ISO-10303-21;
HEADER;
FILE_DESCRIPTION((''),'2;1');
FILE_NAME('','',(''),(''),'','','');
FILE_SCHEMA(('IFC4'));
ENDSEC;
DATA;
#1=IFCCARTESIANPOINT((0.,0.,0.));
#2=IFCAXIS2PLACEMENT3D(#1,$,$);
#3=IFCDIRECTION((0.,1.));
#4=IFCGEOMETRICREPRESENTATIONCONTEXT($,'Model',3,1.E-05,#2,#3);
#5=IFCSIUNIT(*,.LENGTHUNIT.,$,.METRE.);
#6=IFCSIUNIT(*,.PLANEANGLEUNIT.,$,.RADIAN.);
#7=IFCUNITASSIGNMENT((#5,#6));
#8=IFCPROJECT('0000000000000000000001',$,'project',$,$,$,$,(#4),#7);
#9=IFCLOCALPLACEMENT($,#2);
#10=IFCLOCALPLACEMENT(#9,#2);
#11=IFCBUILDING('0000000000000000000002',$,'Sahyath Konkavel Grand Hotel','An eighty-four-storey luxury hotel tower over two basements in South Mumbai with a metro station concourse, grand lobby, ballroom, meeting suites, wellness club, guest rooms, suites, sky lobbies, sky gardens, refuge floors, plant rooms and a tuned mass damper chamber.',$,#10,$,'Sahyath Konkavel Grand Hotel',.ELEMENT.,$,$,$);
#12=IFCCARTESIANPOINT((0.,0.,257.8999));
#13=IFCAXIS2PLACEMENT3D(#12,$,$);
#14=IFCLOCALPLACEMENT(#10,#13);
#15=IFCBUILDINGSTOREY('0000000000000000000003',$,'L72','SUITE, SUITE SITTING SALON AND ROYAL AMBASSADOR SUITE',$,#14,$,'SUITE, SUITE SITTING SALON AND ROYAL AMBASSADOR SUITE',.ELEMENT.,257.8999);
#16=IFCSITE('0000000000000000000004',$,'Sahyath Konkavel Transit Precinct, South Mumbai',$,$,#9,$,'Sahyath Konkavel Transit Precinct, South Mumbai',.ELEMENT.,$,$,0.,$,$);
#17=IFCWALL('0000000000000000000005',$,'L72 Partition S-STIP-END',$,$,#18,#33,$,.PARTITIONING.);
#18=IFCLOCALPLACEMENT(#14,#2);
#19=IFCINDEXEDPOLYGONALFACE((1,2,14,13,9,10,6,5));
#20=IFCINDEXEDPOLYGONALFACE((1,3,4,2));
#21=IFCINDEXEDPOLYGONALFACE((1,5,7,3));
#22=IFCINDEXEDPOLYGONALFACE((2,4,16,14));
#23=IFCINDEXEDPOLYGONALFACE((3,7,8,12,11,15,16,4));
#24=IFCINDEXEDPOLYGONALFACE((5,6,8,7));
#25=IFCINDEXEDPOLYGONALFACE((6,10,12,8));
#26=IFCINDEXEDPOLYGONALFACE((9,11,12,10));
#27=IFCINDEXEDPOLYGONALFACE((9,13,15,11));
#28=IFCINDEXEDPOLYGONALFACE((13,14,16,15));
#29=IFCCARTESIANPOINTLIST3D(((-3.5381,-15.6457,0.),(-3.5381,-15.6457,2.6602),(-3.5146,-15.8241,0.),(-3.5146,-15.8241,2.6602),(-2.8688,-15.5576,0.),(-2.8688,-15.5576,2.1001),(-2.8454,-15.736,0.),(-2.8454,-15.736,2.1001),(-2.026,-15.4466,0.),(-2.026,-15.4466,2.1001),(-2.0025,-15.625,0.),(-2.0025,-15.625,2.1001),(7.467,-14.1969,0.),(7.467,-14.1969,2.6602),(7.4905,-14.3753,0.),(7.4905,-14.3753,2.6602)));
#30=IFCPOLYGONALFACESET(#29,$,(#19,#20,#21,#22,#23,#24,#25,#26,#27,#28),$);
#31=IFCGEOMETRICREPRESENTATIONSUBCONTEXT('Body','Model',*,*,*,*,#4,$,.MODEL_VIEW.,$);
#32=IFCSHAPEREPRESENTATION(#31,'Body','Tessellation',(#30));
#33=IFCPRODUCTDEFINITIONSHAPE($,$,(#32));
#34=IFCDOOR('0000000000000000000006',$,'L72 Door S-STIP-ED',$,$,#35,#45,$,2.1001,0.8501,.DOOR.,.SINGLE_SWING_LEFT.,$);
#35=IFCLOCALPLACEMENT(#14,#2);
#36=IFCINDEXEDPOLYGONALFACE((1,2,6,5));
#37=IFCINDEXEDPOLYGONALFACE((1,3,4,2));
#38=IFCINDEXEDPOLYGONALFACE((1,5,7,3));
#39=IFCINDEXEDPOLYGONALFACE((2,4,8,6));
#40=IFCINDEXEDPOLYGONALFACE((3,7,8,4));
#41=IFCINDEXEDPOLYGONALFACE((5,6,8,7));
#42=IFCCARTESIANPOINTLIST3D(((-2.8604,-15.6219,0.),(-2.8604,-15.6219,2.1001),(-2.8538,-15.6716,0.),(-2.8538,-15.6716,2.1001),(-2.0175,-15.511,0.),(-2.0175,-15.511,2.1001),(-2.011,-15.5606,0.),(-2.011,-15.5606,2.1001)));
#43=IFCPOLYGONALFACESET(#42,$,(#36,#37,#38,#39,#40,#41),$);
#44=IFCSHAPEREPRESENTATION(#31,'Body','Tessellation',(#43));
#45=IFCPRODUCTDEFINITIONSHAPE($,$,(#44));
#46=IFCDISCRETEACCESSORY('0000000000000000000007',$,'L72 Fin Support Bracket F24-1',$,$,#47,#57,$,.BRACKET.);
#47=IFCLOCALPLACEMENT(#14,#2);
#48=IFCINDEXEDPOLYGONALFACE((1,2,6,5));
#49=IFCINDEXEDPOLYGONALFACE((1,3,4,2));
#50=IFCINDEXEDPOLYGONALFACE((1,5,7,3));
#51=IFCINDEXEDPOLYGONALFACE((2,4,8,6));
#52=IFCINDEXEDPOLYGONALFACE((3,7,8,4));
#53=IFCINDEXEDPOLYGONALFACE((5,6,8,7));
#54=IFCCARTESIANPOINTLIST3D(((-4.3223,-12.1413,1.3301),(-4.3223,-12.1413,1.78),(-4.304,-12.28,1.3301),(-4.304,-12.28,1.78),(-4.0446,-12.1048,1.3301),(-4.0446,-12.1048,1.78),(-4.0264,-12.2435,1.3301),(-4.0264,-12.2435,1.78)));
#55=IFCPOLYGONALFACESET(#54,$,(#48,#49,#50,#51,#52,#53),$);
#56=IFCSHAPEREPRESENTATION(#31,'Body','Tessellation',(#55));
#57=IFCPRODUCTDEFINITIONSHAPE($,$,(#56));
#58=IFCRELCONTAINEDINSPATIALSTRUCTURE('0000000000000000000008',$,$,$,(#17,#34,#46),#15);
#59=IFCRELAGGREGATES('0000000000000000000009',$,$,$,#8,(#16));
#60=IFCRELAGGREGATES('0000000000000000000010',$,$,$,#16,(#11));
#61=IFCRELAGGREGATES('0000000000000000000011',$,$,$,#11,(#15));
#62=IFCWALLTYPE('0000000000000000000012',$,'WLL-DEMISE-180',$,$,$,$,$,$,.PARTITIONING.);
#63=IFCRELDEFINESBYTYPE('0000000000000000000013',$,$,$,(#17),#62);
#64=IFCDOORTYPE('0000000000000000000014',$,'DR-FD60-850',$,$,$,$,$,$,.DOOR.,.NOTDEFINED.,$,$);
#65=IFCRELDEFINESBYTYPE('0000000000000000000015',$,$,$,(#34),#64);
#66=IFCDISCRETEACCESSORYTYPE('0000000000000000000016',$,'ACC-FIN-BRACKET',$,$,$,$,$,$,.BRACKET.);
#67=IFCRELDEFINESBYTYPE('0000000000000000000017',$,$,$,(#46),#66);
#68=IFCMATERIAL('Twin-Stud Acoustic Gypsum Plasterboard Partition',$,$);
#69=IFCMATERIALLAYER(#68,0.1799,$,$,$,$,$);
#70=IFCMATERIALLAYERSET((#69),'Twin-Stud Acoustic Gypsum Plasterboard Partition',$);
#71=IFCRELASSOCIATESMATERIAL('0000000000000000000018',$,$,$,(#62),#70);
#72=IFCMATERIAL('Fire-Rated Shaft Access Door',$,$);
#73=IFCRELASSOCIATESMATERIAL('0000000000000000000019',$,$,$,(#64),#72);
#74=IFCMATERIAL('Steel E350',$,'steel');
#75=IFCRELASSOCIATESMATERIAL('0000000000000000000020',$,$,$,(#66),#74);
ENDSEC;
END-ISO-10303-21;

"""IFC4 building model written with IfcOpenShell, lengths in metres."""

from ifc_helpers import new_model, si_unit, direction, frame, frame_2d, origin, origin_2d, place, context, subcontext, project, spatial, rectangle, extrude, source, transform, mapped, material, layer, layer_set, type_object, element, fill, save


model = new_model("IFC4")

# Units and contexts
model_context = context("Model", 3, precision=1e-05, world=origin(), true_north=direction((0.0, 1.0)))
body_context = subcontext(model_context, "Body", "Model", "MODEL_VIEW")
ifc_project = project(units=[si_unit("LENGTHUNIT", "METRE"), si_unit("PLANEANGLEUNIT", "RADIAN")], contexts=[model_context])

# Site, building, storey
site_placement = place(None, origin())
site = spatial("IfcSite", under=ifc_project, at=site_placement, Name="Sahyath Konkavel Transit Precinct, South Mumbai", LongName="Sahyath Konkavel Transit Precinct, South Mumbai", CompositionType="ELEMENT", RefElevation=0.0)
building_placement = place(site_placement, origin())
building = spatial("IfcBuilding", under=site, at=building_placement, Name="Sahyath Konkavel Grand Hotel", Description="An eighty-four-storey luxury hotel tower over two basements in South Mumbai with a metro station concourse, grand lobby, ballroom, meeting suites, wellness club, guest rooms, suites, sky lobbies, sky gardens, refuge floors, plant rooms and a tuned mass damper chamber.", LongName="Sahyath Konkavel Grand Hotel", CompositionType="ELEMENT")
storey_placement = place(building_placement, frame((0.0, 0.0, 257.8999)))
storey = spatial("IfcBuildingStorey", under=building, at=storey_placement, Name="L72", Description="SUITE, SUITE SITTING SALON AND ROYAL AMBASSADOR SUITE", LongName="SUITE, SUITE SITTING SALON AND ROYAL AMBASSADOR SUITE", CompositionType="ELEMENT", Elevation=257.8999)

# Shared definitions
ifc_material_1 = material(Name="Steel E350", Category="steel")

# Shared definitions
ifc_material_2 = material(Name="Twin-Stud Acoustic Gypsum Plasterboard Partition")
ifc_layer_1 = layer(ifc_material_2, 0.1799)
ifc_layer_set_1 = layer_set([ifc_layer_1], Name="Twin-Stud Acoustic Gypsum Plasterboard Partition")
wall_type_1 = type_object("IfcWallType", Name="WLL-DEMISE-180", PredefinedType="PARTITIONING", material=ifc_layer_set_1)

# Wall, opening, door
wall_1_placement = place(storey_placement, frame((-3.5264, -15.7349, 0.0), z_axis=(0.0, 0.0, 1.0), x_axis=(0.991446, 0.130515, 0.0)))
wall_1 = element("IfcWall", 1, at=wall_1_placement, inside=storey, type_object=wall_type_1, Name="L72 Partition S-STIP-END", PredefinedType="PARTITIONING", context=body_context, shape_type="SweptSolid", body=[
    extrude(rectangle(XDim=11.1001, YDim=0.1799, at=frame_2d((5.55, 0.0))), origin(), (0.0, 0.0, 1.0), 2.6602),
])
opening_placement = place(wall_1_placement, frame((0.675, 0.0, 0.0)))
opening = element("IfcOpeningElement", 2, at=opening_placement, cuts=wall_1, PredefinedType="OPENING", context=body_context, shape_type="SweptSolid", body=[
    extrude(rectangle(XDim=0.8501, YDim=2.1001, at=frame_2d((0.425, 1.05))), frame((0.0, 0.1001, 0.0), z_axis=(0.0, -1.0, 0.0), x_axis=(1.0, 0.0, 0.0)), (0.0, 0.0, 1.0), 0.2),
])
ifc_material_3 = material(Name="Fire-Rated Shaft Access Door")
door_type = type_object("IfcDoorType", Name="DR-FD60-850", OperationType="NOTDEFINED", PredefinedType="DOOR", material=ifc_material_3)
shared_shape_1 = source(origin(), body_context, "Body", "SweptSolid", [
    extrude(rectangle(XDim=0.8501, YDim=0.05, at=origin_2d()), origin(), (0.0, 0.0, 1.0), 2.1001),
])
door_placement = place(opening_placement, frame((0.425, 0.0, 0.0)))
door = element("IfcDoor", 3, at=door_placement, inside=storey, type_object=door_type, Name="L72 Door S-STIP-ED", OperationType="SINGLE_SWING_LEFT", OverallHeight=2.1001, OverallWidth=0.8501, PredefinedType="DOOR", context=body_context, shape_type="MappedRepresentation", body=[
    mapped(shared_shape_1, transform((0.0, 0.0, 0.0), scale=1.0)),
])
fill(opening, door)

# Discrete accessory
discrete_accessory_type = type_object("IfcDiscreteAccessoryType", Name="ACC-FIN-BRACKET", PredefinedType="BRACKET", material=ifc_material_1)
shared_shape_2 = source(origin(), body_context, "Body", "SweptSolid", [
    extrude(rectangle(XDim=0.28, YDim=0.1399, at=origin_2d()), origin(), (0.0, 0.0, 1.0), 0.45),
])
discrete_accessory_placement = place(storey_placement, frame((-4.1743, -12.1924, 1.3301), z_axis=(0.0, 0.0, 1.0), x_axis=(-0.991445, -0.130526, 0.0)))
element("IfcDiscreteAccessory", 4, at=discrete_accessory_placement, inside=storey, type_object=discrete_accessory_type, Name="L72 Fin Support Bracket F24-1", PredefinedType="BRACKET", context=body_context, shape_type="MappedRepresentation", body=[
    mapped(shared_shape_2, transform((0.0, 0.0, 0.0), scale=1.0)),
])

save(model, "model.ifc")
